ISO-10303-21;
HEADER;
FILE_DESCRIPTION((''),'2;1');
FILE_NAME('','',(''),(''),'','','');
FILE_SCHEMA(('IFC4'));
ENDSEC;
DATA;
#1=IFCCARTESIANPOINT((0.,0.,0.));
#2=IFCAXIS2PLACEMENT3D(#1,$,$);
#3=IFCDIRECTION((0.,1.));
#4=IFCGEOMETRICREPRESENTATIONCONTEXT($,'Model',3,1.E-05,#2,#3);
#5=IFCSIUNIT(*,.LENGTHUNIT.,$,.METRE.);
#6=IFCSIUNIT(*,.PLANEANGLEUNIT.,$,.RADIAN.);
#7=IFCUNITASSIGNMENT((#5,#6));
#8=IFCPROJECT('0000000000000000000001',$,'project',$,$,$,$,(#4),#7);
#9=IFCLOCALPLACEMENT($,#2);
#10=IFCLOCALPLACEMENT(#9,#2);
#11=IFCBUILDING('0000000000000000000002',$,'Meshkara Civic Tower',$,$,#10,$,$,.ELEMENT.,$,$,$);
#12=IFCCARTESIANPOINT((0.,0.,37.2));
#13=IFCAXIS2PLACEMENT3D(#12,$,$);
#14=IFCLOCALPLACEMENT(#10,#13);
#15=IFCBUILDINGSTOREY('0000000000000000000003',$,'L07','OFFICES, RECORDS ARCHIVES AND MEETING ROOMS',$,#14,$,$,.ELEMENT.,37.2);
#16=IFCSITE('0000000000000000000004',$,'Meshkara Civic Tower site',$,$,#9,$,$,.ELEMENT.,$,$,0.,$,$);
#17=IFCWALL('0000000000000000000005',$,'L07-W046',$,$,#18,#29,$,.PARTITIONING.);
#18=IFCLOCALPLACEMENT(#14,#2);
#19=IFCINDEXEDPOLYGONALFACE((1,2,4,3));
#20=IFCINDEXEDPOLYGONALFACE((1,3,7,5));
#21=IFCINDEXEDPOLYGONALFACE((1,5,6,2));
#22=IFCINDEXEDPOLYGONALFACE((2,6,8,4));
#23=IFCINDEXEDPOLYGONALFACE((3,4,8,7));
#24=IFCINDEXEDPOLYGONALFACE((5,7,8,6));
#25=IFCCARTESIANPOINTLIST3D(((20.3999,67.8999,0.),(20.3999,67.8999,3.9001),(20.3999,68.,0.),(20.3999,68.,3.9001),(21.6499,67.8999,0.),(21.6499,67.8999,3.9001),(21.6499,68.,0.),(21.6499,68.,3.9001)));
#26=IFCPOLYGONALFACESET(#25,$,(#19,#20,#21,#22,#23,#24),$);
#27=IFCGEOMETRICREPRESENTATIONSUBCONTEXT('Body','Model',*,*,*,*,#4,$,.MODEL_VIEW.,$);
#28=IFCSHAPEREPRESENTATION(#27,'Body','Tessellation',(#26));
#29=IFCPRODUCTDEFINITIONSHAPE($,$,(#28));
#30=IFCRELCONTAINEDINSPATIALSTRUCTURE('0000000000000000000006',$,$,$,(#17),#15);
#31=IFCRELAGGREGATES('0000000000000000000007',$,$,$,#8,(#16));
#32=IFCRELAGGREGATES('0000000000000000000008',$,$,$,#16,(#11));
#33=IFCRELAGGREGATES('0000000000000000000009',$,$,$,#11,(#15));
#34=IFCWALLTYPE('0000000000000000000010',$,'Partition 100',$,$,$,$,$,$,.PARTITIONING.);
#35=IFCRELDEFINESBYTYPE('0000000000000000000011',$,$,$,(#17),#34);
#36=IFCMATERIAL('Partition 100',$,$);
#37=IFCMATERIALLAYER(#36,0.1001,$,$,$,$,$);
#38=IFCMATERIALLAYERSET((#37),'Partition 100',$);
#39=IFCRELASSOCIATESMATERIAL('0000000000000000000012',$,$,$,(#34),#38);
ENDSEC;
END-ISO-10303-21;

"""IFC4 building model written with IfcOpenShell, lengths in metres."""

from ifc_helpers import new_model, si_unit, direction, frame, frame_2d, origin, place, context, subcontext, project, spatial, rectangle, extrude, material, layer, layer_set, type_object, element, save


model = new_model("IFC4")

# Units and contexts
model_context = context("Model", 3, precision=1e-05, world=origin(), true_north=direction((0.0, 1.0)))
body_context = subcontext(model_context, "Body", "Model", "MODEL_VIEW")
ifc_project = project(units=[si_unit("LENGTHUNIT", "METRE"), si_unit("PLANEANGLEUNIT", "RADIAN")], contexts=[model_context])

# Site, building, storey
site_placement = place(None, origin())
site = spatial("IfcSite", under=ifc_project, at=site_placement, Name="Meshkara Civic Tower site", CompositionType="ELEMENT", RefElevation=0.0)
building_placement = place(site_placement, origin())
building = spatial("IfcBuilding", under=site, at=building_placement, Name="Meshkara Civic Tower", CompositionType="ELEMENT")
storey_placement = place(building_placement, frame((0.0, 0.0, 37.2)))
storey = spatial("IfcBuildingStorey", under=building, at=storey_placement, Name="L07", Description="OFFICES, RECORDS ARCHIVES AND MEETING ROOMS", CompositionType="ELEMENT", Elevation=37.2)

# Wall
ifc_material_1 = material(Name="Partition 100")
ifc_layer_1 = layer(ifc_material_1, 0.1001)
ifc_layer_set_1 = layer_set([ifc_layer_1], Name="Partition 100")
wall_type_1 = type_object("IfcWallType", Name="Partition 100", PredefinedType="PARTITIONING", material=ifc_layer_set_1)
wall_1_placement = place(storey_placement, frame((21.6499, 67.95, 0.0), z_axis=(0.0, 0.0, 1.0), x_axis=(-1.0, 0.0, 0.0)))
element("IfcWall", 1, at=wall_1_placement, inside=storey, type_object=wall_type_1, Name="L07-W046", PredefinedType="PARTITIONING", context=body_context, shape_type="SweptSolid", body=[
    extrude(rectangle(XDim=1.25, YDim=0.1001, at=frame_2d((0.625, 0.0))), origin(), (0.0, 0.0, 1.0), 3.9001),
])

save(model, "model.ifc")
